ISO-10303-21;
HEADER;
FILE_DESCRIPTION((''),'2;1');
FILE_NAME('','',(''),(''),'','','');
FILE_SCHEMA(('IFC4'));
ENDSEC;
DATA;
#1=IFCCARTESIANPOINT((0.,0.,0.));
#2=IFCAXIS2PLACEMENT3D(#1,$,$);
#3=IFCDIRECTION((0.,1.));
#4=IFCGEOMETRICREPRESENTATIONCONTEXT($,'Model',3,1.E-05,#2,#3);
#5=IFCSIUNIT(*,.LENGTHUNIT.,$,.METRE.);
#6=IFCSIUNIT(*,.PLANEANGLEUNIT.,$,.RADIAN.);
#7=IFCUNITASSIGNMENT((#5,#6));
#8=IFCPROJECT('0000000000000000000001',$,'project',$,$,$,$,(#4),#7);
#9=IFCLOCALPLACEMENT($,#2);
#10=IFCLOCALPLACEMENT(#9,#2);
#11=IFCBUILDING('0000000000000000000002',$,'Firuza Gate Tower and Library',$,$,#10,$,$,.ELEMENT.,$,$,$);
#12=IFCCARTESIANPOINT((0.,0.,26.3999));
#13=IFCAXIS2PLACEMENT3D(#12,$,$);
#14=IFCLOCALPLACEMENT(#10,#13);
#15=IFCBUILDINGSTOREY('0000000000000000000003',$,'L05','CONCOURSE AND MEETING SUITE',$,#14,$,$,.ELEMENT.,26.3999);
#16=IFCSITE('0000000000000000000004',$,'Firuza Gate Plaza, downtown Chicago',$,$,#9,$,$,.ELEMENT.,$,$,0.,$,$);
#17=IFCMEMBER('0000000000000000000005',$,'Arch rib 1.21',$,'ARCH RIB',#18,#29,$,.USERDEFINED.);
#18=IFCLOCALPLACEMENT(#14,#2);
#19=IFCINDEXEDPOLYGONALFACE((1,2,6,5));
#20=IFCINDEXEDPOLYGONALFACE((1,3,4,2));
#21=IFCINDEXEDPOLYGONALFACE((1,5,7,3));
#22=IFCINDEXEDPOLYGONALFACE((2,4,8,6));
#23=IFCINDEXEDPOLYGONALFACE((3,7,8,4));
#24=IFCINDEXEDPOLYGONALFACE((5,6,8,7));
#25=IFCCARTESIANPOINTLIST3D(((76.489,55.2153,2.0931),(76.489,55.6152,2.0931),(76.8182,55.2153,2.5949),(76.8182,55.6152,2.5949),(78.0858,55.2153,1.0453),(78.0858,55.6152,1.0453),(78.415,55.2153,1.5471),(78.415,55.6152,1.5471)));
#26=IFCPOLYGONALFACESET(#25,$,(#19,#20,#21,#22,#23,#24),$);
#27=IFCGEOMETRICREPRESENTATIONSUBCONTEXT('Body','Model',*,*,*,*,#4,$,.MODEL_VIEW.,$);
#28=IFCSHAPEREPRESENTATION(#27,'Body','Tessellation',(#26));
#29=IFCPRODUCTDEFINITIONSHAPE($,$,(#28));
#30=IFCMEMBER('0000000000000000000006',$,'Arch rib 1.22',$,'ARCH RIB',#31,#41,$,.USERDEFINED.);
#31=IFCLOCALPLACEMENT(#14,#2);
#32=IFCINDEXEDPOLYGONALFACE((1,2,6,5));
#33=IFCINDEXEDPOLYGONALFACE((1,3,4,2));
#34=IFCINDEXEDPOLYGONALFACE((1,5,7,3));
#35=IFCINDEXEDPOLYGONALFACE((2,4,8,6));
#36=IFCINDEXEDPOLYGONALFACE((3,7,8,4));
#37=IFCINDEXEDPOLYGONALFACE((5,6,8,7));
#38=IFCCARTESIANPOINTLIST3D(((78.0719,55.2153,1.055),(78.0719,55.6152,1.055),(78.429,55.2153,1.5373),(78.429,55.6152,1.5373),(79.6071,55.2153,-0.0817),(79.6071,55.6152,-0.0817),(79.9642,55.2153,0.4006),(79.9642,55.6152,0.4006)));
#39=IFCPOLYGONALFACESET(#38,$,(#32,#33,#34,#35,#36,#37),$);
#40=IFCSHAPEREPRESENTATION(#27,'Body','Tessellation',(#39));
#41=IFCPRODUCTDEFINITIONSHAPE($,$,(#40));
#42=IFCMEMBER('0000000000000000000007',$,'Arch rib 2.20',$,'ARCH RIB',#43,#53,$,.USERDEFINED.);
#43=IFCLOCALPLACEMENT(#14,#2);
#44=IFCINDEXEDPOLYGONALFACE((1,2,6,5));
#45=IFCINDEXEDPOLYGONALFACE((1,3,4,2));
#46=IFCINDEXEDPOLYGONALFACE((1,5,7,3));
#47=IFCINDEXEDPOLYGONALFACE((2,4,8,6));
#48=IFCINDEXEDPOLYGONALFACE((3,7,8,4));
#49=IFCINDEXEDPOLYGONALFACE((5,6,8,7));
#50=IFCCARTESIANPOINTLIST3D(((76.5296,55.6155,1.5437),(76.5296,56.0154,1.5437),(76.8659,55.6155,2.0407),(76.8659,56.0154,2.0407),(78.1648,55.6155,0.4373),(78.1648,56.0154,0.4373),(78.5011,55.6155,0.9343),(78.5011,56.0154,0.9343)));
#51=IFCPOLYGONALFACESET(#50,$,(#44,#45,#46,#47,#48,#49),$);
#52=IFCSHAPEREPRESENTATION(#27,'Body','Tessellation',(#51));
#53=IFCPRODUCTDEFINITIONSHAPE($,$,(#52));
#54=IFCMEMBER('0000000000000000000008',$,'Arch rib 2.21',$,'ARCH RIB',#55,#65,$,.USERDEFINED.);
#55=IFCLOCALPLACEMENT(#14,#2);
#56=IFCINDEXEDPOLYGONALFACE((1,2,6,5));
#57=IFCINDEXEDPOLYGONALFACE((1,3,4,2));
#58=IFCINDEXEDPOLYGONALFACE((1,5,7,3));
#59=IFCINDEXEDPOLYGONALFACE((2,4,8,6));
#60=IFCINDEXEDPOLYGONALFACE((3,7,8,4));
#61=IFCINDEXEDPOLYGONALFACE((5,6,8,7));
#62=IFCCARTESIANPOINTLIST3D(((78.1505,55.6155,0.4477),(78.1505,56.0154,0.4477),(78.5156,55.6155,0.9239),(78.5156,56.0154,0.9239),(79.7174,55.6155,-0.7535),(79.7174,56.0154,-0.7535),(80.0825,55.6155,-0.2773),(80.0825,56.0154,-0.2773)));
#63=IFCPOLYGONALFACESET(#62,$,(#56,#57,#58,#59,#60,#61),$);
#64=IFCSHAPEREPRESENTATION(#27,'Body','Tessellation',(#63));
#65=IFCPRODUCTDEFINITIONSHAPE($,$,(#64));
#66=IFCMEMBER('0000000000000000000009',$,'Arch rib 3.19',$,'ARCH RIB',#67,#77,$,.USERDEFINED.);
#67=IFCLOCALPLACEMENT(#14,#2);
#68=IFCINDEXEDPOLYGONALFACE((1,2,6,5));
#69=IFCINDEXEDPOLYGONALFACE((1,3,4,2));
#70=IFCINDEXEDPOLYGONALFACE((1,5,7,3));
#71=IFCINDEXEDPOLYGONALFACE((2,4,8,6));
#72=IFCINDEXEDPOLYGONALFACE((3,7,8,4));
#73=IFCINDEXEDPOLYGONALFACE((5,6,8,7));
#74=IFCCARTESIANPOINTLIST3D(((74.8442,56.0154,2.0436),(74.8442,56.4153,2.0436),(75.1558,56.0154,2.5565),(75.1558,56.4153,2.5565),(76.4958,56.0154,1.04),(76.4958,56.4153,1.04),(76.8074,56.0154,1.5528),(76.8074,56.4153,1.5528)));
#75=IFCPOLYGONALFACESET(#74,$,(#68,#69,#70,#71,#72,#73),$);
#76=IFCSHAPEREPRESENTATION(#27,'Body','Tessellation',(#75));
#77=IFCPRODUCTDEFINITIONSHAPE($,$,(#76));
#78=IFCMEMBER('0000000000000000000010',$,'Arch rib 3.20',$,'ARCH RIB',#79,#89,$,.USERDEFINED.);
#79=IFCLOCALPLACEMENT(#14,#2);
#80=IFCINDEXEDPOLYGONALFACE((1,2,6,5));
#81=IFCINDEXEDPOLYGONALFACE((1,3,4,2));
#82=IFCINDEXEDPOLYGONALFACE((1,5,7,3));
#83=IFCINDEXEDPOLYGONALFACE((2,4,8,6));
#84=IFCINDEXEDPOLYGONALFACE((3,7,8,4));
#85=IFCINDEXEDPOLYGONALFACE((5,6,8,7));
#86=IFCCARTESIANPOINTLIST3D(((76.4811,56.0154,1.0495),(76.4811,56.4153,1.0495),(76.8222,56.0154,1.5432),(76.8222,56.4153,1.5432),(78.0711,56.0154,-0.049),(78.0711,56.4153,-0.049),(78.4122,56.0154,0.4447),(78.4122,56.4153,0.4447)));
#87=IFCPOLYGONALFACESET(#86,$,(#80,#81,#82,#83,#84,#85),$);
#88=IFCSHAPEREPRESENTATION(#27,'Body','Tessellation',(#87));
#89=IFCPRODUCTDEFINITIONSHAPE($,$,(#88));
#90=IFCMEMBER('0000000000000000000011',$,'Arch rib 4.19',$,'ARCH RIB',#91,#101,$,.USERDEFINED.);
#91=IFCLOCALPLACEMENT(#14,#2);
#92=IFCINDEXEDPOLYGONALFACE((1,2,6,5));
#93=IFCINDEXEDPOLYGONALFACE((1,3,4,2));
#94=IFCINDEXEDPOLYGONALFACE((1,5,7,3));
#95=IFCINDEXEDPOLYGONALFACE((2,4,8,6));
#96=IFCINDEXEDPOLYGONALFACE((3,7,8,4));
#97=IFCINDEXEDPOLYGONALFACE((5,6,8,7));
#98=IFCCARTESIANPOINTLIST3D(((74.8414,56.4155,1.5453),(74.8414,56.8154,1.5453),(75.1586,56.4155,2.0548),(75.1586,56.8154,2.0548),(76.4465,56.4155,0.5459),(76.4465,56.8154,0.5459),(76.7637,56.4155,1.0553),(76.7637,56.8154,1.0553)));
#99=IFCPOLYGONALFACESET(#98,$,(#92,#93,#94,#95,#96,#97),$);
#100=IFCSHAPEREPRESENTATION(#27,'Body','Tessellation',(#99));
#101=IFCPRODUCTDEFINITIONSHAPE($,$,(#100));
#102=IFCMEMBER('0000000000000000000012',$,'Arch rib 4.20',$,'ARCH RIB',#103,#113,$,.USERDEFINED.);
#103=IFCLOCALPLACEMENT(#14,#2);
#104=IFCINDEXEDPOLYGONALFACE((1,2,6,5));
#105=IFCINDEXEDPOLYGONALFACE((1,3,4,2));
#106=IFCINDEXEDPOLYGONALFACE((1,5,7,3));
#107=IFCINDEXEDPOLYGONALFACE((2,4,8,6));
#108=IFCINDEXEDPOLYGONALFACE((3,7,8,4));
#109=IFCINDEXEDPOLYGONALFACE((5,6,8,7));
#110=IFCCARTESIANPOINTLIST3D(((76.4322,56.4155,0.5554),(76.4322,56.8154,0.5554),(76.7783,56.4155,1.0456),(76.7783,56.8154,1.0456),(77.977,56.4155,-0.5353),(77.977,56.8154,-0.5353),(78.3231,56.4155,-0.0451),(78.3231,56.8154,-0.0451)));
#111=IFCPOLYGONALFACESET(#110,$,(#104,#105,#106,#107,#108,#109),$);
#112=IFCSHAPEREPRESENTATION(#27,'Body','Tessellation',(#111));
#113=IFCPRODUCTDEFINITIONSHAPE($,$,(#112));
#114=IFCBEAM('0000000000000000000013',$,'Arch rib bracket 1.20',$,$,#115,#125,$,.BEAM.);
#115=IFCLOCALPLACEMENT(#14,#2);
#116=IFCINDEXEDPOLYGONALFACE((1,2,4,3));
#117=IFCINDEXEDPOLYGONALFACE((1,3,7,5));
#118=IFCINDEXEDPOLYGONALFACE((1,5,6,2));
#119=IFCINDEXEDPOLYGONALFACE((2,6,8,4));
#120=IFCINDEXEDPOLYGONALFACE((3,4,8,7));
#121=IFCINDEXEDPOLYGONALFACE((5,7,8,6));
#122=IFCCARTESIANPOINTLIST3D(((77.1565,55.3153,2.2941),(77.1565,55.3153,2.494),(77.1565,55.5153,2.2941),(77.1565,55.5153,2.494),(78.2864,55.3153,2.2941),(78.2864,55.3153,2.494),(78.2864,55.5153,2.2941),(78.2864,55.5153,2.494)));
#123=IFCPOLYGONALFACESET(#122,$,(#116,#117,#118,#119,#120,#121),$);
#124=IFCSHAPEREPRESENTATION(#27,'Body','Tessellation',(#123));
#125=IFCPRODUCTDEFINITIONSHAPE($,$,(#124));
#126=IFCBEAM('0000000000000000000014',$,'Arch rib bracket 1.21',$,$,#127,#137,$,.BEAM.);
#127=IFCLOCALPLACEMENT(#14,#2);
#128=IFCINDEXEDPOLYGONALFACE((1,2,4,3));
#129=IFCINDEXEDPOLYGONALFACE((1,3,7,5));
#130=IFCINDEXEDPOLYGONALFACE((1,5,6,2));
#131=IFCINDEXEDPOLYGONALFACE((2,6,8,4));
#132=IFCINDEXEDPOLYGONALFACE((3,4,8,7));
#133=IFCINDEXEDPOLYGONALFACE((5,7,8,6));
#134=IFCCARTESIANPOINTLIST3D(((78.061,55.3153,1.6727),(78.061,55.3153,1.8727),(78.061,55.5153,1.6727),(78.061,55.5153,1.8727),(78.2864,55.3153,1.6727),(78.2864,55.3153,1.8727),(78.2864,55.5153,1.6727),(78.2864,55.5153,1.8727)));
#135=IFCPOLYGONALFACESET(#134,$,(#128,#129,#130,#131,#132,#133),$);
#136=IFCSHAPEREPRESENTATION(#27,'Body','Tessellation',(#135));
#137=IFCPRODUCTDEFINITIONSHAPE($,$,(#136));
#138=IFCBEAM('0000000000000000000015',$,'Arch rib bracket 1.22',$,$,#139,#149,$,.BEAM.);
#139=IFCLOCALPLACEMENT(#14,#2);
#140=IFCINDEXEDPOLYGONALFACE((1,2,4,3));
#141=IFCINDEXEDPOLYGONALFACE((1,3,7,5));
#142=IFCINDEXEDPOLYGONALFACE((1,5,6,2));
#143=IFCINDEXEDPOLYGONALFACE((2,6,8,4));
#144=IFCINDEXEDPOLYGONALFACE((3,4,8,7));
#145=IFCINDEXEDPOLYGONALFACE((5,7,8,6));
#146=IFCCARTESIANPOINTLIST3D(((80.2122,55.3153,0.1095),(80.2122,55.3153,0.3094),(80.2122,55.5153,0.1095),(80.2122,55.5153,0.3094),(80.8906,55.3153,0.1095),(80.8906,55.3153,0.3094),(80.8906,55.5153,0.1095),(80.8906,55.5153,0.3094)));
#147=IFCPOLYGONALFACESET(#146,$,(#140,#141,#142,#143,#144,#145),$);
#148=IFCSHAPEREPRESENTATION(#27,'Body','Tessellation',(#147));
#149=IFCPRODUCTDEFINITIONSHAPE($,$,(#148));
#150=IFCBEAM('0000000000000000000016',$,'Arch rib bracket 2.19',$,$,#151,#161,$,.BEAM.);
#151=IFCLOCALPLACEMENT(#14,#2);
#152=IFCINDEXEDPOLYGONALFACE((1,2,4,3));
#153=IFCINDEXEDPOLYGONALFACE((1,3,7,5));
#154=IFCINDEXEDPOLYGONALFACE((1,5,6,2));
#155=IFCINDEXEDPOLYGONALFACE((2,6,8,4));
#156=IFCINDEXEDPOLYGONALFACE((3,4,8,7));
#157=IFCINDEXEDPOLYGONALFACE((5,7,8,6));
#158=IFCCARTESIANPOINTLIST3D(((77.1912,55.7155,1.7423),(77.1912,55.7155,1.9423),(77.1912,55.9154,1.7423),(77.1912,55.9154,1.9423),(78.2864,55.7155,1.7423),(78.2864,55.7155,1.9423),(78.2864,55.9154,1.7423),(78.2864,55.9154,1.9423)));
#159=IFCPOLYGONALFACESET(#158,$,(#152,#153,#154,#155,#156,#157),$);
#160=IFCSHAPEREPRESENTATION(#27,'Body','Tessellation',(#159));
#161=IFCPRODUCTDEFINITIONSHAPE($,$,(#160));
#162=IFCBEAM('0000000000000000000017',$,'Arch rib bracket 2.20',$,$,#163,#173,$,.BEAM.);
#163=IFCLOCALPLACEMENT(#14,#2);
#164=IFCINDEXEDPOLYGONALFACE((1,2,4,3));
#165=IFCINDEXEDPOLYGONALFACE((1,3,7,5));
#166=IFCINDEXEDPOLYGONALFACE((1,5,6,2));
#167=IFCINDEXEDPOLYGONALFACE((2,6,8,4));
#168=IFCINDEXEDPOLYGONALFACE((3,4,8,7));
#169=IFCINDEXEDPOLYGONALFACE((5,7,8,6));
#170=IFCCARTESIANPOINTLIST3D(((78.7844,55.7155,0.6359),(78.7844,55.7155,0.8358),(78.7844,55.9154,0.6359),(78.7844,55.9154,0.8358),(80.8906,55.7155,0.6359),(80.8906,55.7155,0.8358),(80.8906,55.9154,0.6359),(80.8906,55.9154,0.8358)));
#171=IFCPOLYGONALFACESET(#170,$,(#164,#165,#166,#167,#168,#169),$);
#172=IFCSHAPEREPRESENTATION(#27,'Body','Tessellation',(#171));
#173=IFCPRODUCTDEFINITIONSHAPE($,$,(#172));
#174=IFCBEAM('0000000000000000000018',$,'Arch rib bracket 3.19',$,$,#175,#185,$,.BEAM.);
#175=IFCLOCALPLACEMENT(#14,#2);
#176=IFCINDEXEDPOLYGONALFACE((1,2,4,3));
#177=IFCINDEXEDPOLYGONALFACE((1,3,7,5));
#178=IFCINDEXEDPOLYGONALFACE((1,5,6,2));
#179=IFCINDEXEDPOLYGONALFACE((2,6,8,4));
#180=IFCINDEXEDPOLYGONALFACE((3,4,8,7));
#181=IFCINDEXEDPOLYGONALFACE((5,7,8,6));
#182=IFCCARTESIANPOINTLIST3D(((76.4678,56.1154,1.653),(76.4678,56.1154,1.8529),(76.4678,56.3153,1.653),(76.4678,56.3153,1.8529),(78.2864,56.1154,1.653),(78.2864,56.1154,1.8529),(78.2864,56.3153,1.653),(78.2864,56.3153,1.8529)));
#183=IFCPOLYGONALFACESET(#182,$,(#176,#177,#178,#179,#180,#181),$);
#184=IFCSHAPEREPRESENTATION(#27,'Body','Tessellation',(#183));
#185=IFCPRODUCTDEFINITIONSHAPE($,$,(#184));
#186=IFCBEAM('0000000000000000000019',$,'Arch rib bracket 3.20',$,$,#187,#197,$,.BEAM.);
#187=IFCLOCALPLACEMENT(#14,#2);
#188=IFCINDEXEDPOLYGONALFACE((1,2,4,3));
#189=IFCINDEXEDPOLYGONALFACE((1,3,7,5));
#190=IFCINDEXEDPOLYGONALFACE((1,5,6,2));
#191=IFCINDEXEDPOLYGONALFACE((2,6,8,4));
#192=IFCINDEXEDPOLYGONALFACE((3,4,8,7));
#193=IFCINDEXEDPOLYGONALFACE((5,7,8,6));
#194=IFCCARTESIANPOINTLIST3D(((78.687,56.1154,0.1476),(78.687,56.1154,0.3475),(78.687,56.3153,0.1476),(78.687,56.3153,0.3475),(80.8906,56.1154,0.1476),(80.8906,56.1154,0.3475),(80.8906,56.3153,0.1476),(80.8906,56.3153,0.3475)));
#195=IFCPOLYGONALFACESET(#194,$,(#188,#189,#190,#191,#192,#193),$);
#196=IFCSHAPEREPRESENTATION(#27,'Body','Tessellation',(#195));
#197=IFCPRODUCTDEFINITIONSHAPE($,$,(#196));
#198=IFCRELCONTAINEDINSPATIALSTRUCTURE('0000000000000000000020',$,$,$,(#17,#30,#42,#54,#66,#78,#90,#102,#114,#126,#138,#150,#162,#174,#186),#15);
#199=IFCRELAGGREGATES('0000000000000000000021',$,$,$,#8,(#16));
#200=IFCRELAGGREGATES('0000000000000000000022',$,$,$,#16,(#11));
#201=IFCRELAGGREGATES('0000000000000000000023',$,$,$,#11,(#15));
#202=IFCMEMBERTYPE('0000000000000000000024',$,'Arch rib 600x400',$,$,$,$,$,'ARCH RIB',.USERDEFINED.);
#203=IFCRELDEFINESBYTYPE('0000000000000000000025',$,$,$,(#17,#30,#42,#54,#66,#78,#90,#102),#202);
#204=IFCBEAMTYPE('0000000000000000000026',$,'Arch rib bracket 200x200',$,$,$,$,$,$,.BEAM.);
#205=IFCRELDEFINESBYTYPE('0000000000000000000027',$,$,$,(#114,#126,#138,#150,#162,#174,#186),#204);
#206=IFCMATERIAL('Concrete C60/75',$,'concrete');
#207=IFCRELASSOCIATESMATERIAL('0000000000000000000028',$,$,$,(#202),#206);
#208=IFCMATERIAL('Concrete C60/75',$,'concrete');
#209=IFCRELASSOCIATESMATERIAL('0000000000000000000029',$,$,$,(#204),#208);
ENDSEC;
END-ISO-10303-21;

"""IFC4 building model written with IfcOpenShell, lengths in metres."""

from ifc_helpers import new_model, si_unit, direction, frame, origin, origin_2d, place, context, subcontext, project, spatial, rectangle, extrude, material, material_profile, profile_set, type_object, element, save


model = new_model("IFC4")

# Units and contexts
model_context = context("Model", 3, precision=1e-05, world=origin(), true_north=direction((0.0, 1.0)))
body_context = subcontext(model_context, "Body", "Model", "MODEL_VIEW")
ifc_project = project(units=[si_unit("LENGTHUNIT", "METRE"), si_unit("PLANEANGLEUNIT", "RADIAN")], contexts=[model_context])

# Site, building, storey
site_placement = place(None, origin())
site = spatial("IfcSite", under=ifc_project, at=site_placement, Name="Firuza Gate Plaza, downtown Chicago", CompositionType="ELEMENT", RefElevation=0.0)
building_placement = place(site_placement, origin())
building = spatial("IfcBuilding", under=site, at=building_placement, Name="Firuza Gate Tower and Library", CompositionType="ELEMENT")
storey_placement = place(building_placement, frame((0.0, 0.0, 26.3999)))
storey = spatial("IfcBuildingStorey", under=building, at=storey_placement, Name="L05", Description="CONCOURSE AND MEETING SUITE", CompositionType="ELEMENT", Elevation=26.3999)

# Members
ifc_material_1 = material(Name="Concrete C60/75", Category="concrete")
ifc_material_profile_1 = material_profile(ifc_material_1, rectangle(XDim=0.3999, YDim=0.6001, at=origin_2d()))
ifc_profile_set_1 = profile_set([ifc_material_profile_1], Name="Concrete C60/75")
member_type_1 = type_object("IfcMemberType", Name="Arch rib 600x400", ElementType="ARCH RIB", PredefinedType="USERDEFINED", material=ifc_profile_set_1)
member_1_placement = place(storey_placement, frame((76.6536, 55.4153, 2.344), z_axis=(0.836079, 0.0, -0.548609), x_axis=(0.0, 1.0, 0.0)))
element("IfcMember", 1, at=member_1_placement, inside=storey, type_object=member_type_1, Name="Arch rib 1.21", ObjectType="ARCH RIB", PredefinedType="USERDEFINED", context=body_context, shape_type="SweptSolid", body=[
    extrude(rectangle(XDim=0.3999, YDim=0.6001, at=origin_2d()), origin(), (0.0, 0.0, 1.0), 1.9099),
])
member_2_placement = place(storey_placement, frame((78.2505, 55.4153, 1.2961), z_axis=(0.803666, 0.0, -0.595081), x_axis=(0.0, 1.0, 0.0)))
element("IfcMember", 2, at=member_2_placement, inside=storey, type_object=member_type_1, Name="Arch rib 1.22", ObjectType="ARCH RIB", PredefinedType="USERDEFINED", context=body_context, shape_type="SweptSolid", body=[
    extrude(rectangle(XDim=0.3999, YDim=0.6001, at=origin_2d()), origin(), (0.0, 0.0, 1.0), 1.9102),
])
for number, where, z_axis, x_axis, name in (
    (3, (76.6978, 55.8154, 1.7922), (0.828226, 0.0, -0.560394), (0.0, 1.0, 0.0), "Arch rib 2.20"),
    (4, (78.333, 55.8154, 0.6858), (0.793634, 0.0, -0.608395), (0.0, 1.0, 0.0), "Arch rib 2.21"),
):
    element("IfcMember", number, at=place(storey_placement, frame(where, z_axis=z_axis, x_axis=x_axis)), inside=storey, type_object=member_type_1, Name=name, ObjectType="ARCH RIB", PredefinedType="USERDEFINED", context=body_context, shape_type="SweptSolid", body=[
        extrude(rectangle(XDim=0.3999, YDim=0.6001, at=origin_2d()), origin(), (0.0, 0.0, 1.0), 1.9744),
    ])
for number, where, z_axis, x_axis, name in (
    (5, (75.0, 56.2153, 2.3), (0.854581, 0.0, -0.519318), (0.0, 1.0, 0.0), "Arch rib 3.19"),
    (6, (76.6516, 56.2153, 1.2964), (0.822724, 0.0, -0.568441), (0.0, 1.0, 0.0), "Arch rib 3.20"),
):
    element("IfcMember", number, at=place(storey_placement, frame(where, z_axis=z_axis, x_axis=x_axis)), inside=storey, type_object=member_type_1, Name=name, ObjectType="ARCH RIB", PredefinedType="USERDEFINED", context=body_context, shape_type="SweptSolid", body=[
        extrude(rectangle(XDim=0.3999, YDim=0.6001, at=origin_2d()), origin(), (0.0, 0.0, 1.0), 1.9326),
    ])
member_3_placement = place(storey_placement, frame((75.0, 56.6155, 1.8), z_axis=(0.848889, 0.0, -0.528571), x_axis=(0.0, 1.0, 0.0)))
element("IfcMember", 7, at=member_3_placement, inside=storey, type_object=member_type_1, Name="Arch rib 4.19", ObjectType="ARCH RIB", PredefinedType="USERDEFINED", context=body_context, shape_type="SweptSolid", body=[
    extrude(rectangle(XDim=0.3999, YDim=0.6001, at=origin_2d()), origin(), (0.0, 0.0, 1.0), 1.8909),
])
member_4_placement = place(storey_placement, frame((76.6052, 56.6155, 0.8005), z_axis=(0.816896, 0.0, -0.576785), x_axis=(0.0, 1.0, 0.0)))
element("IfcMember", 8, at=member_4_placement, inside=storey, type_object=member_type_1, Name="Arch rib 4.20", ObjectType="ARCH RIB", PredefinedType="USERDEFINED", context=body_context, shape_type="SweptSolid", body=[
    extrude(rectangle(XDim=0.3999, YDim=0.6001, at=origin_2d()), origin(), (0.0, 0.0, 1.0), 1.8911),
])

# Beams
ifc_material_2 = material(Name="Concrete C60/75", Category="concrete")
ifc_material_profile_2 = material_profile(ifc_material_2, rectangle(XDim=0.2, YDim=0.2, at=origin_2d()))
ifc_profile_set_2 = profile_set([ifc_material_profile_2], Name="Concrete C60/75")
beam_type_1 = type_object("IfcBeamType", Name="Arch rib bracket 200x200", PredefinedType="BEAM", material=ifc_profile_set_2)
beam_1_placement = place(storey_placement, frame((78.2864, 55.4153, 2.394), z_axis=(-1.0, 0.0, 0.0), x_axis=(0.0, -1.0, 0.0)))
element("IfcBeam", 9, at=beam_1_placement, inside=storey, type_object=beam_type_1, Name="Arch rib bracket 1.20", PredefinedType="BEAM", context=body_context, shape_type="SweptSolid", body=[
    extrude(rectangle(XDim=0.2, YDim=0.2, at=origin_2d()), origin(), (0.0, 0.0, 1.0), 1.1299),
])
beam_2_placement = place(storey_placement, frame((78.2864, 55.4153, 1.7727), z_axis=(-1.0, 0.0, 0.0), x_axis=(0.0, -1.0, 0.0)))
element("IfcBeam", 10, at=beam_2_placement, inside=storey, type_object=beam_type_1, Name="Arch rib bracket 1.21", PredefinedType="BEAM", context=body_context, shape_type="SweptSolid", body=[
    extrude(rectangle(XDim=0.2, YDim=0.2, at=origin_2d()), origin(), (0.0, 0.0, 1.0), 0.2253),
])
beam_3_placement = place(storey_placement, frame((80.8906, 55.4153, 0.2095), z_axis=(-1.0, 0.0, 0.0), x_axis=(0.0, -1.0, 0.0)))
element("IfcBeam", 11, at=beam_3_placement, inside=storey, type_object=beam_type_1, Name="Arch rib bracket 1.22", PredefinedType="BEAM", context=body_context, shape_type="SweptSolid", body=[
    extrude(rectangle(XDim=0.2, YDim=0.2, at=origin_2d()), origin(), (0.0, 0.0, 1.0), 0.6785),
])
beam_4_placement = place(storey_placement, frame((78.2864, 55.8154, 1.8423), z_axis=(-1.0, 0.0, 0.0), x_axis=(0.0, -1.0, 0.0)))
element("IfcBeam", 12, at=beam_4_placement, inside=storey, type_object=beam_type_1, Name="Arch rib bracket 2.19", PredefinedType="BEAM", context=body_context, shape_type="SweptSolid", body=[
    extrude(rectangle(XDim=0.2, YDim=0.2, at=origin_2d()), origin(), (0.0, 0.0, 1.0), 1.0952),
])
beam_5_placement = place(storey_placement, frame((80.8906, 55.8154, 0.7358), z_axis=(-1.0, 0.0, 0.0), x_axis=(0.0, -1.0, 0.0)))
element("IfcBeam", 13, at=beam_5_placement, inside=storey, type_object=beam_type_1, Name="Arch rib bracket 2.20", PredefinedType="BEAM", context=body_context, shape_type="SweptSolid", body=[
    extrude(rectangle(XDim=0.2, YDim=0.2, at=origin_2d()), origin(), (0.0, 0.0, 1.0), 2.1062),
])
beam_6_placement = place(storey_placement, frame((78.2864, 56.2153, 1.7529), z_axis=(-1.0, 0.0, 0.0), x_axis=(0.0, -1.0, 0.0)))
element("IfcBeam", 14, at=beam_6_placement, inside=storey, type_object=beam_type_1, Name="Arch rib bracket 3.19", PredefinedType="BEAM", context=body_context, shape_type="SweptSolid", body=[
    extrude(rectangle(XDim=0.2, YDim=0.2, at=origin_2d()), origin(), (0.0, 0.0, 1.0), 1.8186),
])
beam_7_placement = place(storey_placement, frame((80.8906, 56.2153, 0.2476), z_axis=(-1.0, 0.0, 0.0), x_axis=(0.0, -1.0, 0.0)))
element("IfcBeam", 15, at=beam_7_placement, inside=storey, type_object=beam_type_1, Name="Arch rib bracket 3.20", PredefinedType="BEAM", context=body_context, shape_type="SweptSolid", body=[
    extrude(rectangle(XDim=0.2, YDim=0.2, at=origin_2d()), origin(), (0.0, 0.0, 1.0), 2.2036),
])

save(model, "model.ifc")
